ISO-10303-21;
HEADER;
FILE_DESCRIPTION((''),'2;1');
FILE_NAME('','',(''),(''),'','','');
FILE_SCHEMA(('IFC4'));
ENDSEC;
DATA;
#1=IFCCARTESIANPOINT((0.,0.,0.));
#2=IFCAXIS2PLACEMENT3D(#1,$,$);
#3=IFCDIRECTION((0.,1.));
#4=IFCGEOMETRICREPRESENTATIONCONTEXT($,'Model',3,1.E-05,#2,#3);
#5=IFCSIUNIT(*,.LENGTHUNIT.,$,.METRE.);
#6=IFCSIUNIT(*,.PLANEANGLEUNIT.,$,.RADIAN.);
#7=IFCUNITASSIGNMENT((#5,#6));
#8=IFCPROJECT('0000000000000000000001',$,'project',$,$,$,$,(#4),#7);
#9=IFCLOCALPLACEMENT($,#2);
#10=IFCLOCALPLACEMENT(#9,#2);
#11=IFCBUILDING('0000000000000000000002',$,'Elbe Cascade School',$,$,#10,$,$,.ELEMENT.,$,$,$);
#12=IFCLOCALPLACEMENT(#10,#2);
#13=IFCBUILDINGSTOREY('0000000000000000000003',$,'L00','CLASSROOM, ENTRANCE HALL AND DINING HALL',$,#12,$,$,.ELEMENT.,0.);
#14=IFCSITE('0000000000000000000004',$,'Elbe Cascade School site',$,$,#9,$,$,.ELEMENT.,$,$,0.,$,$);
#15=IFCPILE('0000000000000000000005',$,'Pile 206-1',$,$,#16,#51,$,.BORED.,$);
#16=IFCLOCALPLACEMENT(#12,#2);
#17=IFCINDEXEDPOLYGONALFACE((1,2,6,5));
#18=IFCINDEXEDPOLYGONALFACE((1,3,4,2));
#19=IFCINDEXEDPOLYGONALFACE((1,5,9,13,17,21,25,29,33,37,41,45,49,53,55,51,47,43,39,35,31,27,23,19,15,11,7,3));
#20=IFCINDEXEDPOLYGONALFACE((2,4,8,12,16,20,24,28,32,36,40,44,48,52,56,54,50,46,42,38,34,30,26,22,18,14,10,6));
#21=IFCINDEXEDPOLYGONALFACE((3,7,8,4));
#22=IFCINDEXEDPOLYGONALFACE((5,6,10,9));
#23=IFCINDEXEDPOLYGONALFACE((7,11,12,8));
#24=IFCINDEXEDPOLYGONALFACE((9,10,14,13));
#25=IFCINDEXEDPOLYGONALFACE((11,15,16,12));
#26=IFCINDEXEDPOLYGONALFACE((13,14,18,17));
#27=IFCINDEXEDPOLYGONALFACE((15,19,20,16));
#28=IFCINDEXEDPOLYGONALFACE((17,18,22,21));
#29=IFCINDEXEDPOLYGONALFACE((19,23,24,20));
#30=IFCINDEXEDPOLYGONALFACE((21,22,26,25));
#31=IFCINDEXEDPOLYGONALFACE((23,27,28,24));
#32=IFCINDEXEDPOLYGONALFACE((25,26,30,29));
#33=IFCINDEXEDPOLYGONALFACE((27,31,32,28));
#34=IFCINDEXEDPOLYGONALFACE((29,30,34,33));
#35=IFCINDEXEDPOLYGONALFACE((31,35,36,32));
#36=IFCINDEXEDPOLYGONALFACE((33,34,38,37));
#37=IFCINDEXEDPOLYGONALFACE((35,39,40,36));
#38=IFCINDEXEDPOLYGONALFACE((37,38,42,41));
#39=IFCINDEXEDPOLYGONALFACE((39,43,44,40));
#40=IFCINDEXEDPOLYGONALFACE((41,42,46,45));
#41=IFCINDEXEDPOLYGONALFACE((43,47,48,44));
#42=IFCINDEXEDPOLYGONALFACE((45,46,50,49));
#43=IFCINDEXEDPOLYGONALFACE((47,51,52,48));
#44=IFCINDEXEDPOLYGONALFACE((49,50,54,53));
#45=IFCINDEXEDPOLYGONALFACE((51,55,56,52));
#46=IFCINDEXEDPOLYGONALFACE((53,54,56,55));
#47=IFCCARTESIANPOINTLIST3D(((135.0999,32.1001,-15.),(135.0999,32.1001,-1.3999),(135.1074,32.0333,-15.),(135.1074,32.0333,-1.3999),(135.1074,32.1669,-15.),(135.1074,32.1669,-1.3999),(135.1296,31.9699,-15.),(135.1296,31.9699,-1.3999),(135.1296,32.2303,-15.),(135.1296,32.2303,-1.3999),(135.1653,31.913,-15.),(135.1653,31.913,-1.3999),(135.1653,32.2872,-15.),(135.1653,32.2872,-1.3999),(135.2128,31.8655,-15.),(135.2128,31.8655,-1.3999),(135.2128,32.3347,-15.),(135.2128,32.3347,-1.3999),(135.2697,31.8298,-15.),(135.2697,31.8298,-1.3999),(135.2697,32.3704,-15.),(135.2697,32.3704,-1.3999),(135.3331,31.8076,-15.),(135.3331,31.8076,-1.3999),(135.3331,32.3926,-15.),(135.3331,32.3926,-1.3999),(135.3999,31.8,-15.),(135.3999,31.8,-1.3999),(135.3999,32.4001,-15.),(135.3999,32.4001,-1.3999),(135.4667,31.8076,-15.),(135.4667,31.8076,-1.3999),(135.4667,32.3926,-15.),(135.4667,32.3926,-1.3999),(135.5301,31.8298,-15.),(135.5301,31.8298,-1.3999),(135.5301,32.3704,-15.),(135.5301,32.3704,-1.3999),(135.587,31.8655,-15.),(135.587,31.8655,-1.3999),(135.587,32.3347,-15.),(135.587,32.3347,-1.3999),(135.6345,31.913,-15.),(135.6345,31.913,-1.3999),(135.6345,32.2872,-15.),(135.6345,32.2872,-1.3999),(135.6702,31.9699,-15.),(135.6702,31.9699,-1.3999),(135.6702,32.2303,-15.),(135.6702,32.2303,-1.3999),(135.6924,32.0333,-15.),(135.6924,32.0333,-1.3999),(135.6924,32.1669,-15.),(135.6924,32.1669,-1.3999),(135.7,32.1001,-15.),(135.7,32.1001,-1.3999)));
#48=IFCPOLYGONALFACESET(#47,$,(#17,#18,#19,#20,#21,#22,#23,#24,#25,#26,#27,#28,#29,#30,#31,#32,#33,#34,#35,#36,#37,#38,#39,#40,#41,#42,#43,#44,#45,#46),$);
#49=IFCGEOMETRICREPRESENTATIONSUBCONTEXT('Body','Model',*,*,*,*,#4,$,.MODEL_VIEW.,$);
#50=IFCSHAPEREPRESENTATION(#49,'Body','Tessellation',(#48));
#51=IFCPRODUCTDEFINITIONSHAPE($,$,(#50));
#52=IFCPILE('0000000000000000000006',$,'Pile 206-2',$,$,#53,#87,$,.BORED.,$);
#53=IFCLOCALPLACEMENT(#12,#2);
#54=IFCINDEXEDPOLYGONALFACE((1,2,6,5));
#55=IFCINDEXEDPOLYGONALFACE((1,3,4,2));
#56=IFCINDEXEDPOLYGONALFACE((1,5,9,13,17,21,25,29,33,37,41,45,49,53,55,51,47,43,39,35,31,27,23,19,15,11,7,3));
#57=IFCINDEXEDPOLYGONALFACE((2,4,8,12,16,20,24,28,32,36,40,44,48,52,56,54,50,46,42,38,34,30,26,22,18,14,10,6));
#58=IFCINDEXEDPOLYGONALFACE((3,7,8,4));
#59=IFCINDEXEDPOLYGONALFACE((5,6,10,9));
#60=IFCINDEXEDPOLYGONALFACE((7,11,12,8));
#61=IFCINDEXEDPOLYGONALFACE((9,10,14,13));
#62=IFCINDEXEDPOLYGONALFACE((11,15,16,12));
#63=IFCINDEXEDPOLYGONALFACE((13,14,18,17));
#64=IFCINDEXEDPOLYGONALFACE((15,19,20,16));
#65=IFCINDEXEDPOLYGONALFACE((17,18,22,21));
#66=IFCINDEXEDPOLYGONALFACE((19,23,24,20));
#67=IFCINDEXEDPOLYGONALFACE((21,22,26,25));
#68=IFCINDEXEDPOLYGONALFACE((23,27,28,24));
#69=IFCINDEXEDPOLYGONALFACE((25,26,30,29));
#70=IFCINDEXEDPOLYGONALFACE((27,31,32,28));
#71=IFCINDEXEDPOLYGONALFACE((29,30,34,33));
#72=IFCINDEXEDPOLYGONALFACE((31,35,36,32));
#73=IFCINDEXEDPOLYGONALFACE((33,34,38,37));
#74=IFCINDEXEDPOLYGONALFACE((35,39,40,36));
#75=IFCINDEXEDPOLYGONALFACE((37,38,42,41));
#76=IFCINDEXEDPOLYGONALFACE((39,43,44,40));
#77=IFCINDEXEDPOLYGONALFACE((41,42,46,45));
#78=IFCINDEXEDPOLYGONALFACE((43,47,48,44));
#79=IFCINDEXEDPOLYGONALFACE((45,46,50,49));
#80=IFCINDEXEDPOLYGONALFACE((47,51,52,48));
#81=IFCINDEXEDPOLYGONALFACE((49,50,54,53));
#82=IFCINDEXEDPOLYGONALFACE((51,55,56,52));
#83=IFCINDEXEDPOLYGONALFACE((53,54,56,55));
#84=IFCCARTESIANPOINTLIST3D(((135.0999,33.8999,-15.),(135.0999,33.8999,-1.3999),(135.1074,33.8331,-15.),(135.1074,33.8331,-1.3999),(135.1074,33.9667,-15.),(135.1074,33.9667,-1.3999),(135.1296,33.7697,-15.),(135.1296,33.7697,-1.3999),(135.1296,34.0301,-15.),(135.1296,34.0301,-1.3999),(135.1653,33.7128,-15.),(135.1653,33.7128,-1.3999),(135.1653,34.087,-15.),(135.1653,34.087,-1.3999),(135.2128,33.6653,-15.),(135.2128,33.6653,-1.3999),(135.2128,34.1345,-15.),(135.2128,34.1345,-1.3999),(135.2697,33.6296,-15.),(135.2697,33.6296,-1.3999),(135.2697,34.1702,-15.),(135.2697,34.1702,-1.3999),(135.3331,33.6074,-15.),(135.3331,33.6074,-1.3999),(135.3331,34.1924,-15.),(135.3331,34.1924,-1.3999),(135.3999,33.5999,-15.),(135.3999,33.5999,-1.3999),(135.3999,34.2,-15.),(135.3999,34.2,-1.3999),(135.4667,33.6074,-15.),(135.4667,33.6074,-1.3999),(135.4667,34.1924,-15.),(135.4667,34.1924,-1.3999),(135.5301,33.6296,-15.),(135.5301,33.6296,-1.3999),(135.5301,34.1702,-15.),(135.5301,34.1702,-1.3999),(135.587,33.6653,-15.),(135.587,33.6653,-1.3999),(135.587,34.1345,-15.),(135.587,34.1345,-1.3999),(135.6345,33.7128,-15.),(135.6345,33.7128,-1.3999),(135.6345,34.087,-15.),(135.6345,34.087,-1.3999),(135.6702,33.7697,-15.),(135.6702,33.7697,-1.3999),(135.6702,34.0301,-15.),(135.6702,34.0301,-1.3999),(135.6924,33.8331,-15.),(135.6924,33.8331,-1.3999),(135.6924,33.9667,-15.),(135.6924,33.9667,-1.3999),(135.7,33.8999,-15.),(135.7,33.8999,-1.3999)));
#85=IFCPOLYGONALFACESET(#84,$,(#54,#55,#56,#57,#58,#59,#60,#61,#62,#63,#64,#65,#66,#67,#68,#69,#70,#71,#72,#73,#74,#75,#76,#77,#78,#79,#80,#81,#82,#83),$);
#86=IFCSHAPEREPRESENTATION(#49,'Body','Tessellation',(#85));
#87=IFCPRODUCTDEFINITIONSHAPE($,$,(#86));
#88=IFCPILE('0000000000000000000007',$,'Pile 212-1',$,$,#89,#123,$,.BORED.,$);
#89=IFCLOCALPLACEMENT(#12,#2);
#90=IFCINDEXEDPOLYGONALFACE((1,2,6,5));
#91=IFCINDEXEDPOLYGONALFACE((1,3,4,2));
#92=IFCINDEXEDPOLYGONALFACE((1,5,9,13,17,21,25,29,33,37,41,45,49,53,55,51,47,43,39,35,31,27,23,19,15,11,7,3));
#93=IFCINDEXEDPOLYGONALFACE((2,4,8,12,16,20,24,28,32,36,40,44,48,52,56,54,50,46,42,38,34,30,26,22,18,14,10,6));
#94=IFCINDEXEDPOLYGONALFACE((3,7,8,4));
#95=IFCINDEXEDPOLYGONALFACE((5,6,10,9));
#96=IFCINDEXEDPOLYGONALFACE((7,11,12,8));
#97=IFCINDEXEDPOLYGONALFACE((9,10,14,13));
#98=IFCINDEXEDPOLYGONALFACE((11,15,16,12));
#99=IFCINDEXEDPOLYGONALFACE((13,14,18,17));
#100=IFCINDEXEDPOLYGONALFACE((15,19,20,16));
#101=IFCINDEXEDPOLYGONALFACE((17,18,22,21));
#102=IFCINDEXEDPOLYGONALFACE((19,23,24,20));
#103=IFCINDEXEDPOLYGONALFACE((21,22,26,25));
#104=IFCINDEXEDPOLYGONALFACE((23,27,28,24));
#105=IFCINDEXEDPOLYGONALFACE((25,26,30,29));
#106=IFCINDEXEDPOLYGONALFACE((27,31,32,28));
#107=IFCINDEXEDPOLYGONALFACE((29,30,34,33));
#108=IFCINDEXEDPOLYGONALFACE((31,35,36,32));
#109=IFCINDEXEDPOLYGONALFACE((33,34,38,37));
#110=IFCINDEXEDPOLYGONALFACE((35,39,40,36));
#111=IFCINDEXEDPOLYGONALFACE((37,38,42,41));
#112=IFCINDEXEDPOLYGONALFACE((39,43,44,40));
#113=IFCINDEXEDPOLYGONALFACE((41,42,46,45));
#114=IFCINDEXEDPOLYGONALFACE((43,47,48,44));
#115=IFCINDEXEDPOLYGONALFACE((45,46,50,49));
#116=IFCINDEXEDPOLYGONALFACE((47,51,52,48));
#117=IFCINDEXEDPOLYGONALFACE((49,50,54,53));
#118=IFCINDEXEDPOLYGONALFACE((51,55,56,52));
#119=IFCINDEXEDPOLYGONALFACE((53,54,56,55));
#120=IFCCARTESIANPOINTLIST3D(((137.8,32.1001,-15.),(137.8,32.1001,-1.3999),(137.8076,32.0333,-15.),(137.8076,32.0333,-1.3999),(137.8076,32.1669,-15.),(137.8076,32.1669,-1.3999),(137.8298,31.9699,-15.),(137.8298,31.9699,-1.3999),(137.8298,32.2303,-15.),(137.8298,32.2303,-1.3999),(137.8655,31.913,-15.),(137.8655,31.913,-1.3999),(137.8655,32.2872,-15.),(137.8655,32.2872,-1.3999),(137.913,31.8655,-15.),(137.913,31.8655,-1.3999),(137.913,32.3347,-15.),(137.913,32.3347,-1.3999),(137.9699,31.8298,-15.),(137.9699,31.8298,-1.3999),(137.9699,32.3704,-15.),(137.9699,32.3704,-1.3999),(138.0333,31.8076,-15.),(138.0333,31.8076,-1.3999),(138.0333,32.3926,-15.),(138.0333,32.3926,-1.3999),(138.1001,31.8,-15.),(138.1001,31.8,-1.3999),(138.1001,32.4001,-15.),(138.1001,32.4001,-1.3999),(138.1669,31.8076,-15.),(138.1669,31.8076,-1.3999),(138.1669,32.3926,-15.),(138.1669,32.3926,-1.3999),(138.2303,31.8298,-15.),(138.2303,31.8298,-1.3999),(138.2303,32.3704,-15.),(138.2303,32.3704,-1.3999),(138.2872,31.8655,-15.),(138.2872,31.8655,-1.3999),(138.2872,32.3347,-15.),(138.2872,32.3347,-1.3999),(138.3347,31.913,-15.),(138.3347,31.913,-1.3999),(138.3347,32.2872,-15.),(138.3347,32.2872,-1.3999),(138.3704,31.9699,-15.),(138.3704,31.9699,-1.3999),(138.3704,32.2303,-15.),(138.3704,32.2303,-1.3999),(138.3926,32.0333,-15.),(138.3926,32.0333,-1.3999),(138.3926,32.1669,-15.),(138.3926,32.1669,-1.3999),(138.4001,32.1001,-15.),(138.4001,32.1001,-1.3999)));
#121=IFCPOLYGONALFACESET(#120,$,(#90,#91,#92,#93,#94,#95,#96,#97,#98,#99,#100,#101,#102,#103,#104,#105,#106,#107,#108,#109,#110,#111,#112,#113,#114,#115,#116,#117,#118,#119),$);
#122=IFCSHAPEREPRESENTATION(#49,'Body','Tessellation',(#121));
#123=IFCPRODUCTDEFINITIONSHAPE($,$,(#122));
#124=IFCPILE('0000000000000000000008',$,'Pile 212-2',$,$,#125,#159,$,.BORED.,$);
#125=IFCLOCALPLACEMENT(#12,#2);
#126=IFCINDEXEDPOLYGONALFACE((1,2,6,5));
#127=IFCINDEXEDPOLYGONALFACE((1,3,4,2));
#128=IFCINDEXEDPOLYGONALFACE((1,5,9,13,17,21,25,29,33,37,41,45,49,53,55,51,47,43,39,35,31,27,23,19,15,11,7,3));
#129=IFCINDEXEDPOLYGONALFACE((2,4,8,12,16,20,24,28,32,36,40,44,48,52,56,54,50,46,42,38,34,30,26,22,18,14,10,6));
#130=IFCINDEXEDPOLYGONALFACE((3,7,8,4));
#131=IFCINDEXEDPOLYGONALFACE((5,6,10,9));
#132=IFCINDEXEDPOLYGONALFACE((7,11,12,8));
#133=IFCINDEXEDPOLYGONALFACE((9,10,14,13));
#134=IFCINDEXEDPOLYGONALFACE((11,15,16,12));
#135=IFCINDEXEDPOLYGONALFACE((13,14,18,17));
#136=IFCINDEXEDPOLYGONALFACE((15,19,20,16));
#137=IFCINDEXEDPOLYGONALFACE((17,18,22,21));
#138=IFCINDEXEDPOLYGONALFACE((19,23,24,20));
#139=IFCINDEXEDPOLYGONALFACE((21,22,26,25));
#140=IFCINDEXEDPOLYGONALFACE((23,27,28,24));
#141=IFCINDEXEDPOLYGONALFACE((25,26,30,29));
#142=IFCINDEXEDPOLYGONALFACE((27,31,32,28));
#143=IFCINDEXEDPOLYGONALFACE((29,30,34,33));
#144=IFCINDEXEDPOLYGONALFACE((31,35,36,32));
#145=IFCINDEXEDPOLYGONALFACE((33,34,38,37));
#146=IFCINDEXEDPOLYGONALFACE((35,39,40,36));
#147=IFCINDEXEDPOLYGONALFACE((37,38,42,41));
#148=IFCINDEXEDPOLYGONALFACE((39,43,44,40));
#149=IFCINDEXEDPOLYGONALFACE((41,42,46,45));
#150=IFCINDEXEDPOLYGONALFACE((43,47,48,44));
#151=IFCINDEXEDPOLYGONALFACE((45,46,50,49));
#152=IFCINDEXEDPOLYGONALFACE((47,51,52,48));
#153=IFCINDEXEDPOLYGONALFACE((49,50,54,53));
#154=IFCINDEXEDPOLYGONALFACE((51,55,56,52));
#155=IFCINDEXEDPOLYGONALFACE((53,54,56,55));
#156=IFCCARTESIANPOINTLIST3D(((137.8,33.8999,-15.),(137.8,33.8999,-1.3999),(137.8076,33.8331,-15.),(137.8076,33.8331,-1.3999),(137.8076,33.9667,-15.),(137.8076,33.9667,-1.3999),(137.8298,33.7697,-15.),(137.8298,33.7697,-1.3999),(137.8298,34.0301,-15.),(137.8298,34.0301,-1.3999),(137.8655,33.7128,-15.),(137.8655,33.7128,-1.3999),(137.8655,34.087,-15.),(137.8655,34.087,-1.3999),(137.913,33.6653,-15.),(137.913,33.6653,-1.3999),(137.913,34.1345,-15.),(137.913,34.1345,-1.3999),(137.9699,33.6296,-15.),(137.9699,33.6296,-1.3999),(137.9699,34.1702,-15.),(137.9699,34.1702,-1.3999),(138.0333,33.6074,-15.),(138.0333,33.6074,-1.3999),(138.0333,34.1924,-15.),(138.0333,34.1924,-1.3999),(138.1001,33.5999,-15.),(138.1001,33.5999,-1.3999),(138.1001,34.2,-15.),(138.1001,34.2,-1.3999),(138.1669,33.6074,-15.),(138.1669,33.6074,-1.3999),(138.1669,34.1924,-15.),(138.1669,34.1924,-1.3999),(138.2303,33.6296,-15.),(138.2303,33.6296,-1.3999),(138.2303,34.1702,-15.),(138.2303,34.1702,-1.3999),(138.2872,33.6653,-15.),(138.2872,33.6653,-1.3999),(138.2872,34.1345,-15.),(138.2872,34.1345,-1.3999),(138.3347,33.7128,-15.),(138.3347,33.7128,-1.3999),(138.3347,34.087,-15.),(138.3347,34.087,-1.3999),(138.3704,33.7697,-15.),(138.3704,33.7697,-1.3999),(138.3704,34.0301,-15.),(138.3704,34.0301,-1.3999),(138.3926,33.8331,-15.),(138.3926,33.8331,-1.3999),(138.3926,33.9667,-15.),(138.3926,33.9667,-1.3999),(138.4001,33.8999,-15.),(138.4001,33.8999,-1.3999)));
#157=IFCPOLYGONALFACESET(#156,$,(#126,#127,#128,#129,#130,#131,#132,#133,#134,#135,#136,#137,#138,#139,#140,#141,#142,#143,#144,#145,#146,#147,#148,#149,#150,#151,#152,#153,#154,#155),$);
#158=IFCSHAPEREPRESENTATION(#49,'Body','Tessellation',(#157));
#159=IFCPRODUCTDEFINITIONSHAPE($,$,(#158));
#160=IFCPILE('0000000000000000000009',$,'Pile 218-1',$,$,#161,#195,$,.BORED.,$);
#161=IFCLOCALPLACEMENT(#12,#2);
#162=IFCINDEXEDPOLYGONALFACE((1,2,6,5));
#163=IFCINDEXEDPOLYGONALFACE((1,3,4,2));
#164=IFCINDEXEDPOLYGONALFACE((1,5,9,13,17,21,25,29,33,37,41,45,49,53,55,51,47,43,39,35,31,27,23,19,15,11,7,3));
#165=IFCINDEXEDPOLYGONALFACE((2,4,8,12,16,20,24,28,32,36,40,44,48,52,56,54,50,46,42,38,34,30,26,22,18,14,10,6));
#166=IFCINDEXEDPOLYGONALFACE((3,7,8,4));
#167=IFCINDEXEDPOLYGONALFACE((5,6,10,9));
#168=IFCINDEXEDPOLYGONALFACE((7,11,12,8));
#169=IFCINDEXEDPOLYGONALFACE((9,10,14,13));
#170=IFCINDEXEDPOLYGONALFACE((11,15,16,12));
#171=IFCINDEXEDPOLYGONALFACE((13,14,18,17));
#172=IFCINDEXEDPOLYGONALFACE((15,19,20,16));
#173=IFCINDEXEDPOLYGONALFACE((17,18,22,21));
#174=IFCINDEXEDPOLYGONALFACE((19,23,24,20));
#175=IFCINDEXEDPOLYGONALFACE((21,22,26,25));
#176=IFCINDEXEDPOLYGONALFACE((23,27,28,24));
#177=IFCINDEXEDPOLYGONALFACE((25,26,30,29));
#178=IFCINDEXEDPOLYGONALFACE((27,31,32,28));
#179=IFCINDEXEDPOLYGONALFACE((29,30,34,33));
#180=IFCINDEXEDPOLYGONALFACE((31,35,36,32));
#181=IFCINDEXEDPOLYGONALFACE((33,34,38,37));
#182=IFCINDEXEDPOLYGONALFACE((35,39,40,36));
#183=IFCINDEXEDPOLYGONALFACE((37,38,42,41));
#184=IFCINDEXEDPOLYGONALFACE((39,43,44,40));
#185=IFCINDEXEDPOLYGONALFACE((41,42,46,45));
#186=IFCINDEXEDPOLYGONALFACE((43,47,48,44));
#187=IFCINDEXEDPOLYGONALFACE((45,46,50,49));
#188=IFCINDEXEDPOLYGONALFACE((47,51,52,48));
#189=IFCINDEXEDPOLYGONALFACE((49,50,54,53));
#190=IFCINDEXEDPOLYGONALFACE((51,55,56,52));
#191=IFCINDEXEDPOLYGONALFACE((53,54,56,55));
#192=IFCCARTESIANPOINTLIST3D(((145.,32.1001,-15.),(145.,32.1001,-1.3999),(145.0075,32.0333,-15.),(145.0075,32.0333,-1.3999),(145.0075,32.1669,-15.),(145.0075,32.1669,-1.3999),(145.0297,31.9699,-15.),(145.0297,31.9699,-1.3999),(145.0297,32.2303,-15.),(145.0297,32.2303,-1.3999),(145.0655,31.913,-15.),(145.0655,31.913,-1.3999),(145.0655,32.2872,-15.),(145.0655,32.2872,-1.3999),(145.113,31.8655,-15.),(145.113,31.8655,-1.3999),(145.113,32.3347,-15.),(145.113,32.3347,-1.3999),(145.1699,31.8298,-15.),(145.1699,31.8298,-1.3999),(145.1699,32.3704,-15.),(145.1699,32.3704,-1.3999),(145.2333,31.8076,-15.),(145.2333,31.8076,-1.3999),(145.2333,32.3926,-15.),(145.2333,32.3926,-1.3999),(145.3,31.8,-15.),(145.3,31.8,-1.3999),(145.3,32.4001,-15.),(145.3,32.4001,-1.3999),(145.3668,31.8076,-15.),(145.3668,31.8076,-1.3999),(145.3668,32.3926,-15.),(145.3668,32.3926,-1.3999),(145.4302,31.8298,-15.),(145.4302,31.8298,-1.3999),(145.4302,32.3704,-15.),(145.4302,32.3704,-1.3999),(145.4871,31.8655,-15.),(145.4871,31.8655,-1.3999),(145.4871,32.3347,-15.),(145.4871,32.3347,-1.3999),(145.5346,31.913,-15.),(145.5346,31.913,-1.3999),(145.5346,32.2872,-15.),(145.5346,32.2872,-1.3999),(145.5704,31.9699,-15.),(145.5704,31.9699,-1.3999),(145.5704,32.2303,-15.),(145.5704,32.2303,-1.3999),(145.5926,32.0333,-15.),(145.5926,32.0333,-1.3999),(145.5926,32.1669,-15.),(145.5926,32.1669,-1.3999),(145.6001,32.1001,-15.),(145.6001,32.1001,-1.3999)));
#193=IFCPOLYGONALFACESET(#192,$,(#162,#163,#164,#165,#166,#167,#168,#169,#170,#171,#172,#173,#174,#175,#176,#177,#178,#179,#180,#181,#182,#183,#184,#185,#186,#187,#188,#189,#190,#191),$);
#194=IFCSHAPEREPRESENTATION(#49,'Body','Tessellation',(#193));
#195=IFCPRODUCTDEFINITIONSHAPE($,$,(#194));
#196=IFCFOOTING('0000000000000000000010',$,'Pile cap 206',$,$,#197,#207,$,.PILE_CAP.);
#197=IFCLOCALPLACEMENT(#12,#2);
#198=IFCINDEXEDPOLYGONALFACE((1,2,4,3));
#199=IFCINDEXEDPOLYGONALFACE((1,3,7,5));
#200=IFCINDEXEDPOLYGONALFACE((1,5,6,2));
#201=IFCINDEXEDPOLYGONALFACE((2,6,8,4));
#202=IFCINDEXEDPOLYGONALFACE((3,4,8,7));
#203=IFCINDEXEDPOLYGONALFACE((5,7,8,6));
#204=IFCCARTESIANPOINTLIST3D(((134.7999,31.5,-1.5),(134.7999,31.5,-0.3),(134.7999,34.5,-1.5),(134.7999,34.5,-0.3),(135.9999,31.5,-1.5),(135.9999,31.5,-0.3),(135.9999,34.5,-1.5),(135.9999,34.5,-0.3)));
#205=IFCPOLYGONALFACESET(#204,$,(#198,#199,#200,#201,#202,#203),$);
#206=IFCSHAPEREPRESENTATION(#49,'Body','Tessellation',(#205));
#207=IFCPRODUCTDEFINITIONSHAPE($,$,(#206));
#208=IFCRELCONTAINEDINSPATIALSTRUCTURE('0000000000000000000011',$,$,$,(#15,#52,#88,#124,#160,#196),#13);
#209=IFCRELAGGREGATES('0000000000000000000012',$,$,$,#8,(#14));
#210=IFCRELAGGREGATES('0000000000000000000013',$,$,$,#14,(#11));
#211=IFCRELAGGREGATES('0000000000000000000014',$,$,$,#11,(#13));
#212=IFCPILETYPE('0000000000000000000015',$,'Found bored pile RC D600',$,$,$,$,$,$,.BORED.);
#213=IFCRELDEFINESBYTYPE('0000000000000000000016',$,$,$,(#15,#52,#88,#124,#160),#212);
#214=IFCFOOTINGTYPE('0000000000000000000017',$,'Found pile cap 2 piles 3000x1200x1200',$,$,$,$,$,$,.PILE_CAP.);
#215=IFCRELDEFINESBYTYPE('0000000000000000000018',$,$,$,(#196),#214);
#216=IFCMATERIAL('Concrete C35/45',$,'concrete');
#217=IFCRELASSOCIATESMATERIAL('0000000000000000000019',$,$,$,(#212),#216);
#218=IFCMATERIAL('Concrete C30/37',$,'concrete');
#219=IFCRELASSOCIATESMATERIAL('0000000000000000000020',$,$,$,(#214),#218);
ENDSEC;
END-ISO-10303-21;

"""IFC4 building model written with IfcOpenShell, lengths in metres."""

from ifc_helpers import new_model, si_unit, direction, frame, origin, origin_2d, place, context, subcontext, project, spatial, rectangle, circle, extrude, material, material_profile, profile_set, type_object, element, save


model = new_model("IFC4")

# Units and contexts
model_context = context("Model", 3, precision=1e-05, world=origin(), true_north=direction((0.0, 1.0)))
body_context = subcontext(model_context, "Body", "Model", "MODEL_VIEW")
ifc_project = project(units=[si_unit("LENGTHUNIT", "METRE"), si_unit("PLANEANGLEUNIT", "RADIAN")], contexts=[model_context])

# Site, building, storey
site_placement = place(None, origin())
site = spatial("IfcSite", under=ifc_project, at=site_placement, Name="Elbe Cascade School site", CompositionType="ELEMENT", RefElevation=0.0)
building_placement = place(site_placement, origin())
building = spatial("IfcBuilding", under=site, at=building_placement, Name="Elbe Cascade School", CompositionType="ELEMENT")
storey_placement = place(building_placement, origin())
storey = spatial("IfcBuildingStorey", under=building, at=storey_placement, Name="L00", Description="CLASSROOM, ENTRANCE HALL AND DINING HALL", CompositionType="ELEMENT", Elevation=0.0)

# Piles
ifc_material_1 = material(Name="Concrete C35/45", Category="concrete")
ifc_material_profile_1 = material_profile(ifc_material_1, circle(Radius=0.3, at=origin_2d()), Name="RC D600")
ifc_profile_set_1 = profile_set([ifc_material_profile_1], Name="Concrete C35/45")
pile_type = type_object("IfcPileType", Name="Found bored pile RC D600", PredefinedType="BORED", material=ifc_profile_set_1)
for number, where, z_axis, x_axis, name in (
    (1, (135.3999, 32.1001, -1.3999), (0.0, 0.0, -1.0), (1.0, 0.0, 0.0), "Pile 206-1"),
    (2, (135.3999, 33.8999, -1.3999), (0.0, 0.0, -1.0), (1.0, 0.0, 0.0), "Pile 206-2"),
    (3, (138.1001, 32.1001, -1.3999), (0.0, 0.0, -1.0), (1.0, 0.0, 0.0), "Pile 212-1"),
    (4, (138.1001, 33.8999, -1.3999), (0.0, 0.0, -1.0), (1.0, 0.0, 0.0), "Pile 212-2"),
    (5, (145.3, 32.1001, -1.3999), (0.0, 0.0, -1.0), (1.0, 0.0, 0.0), "Pile 218-1"),
):
    element("IfcPile", number, at=place(storey_placement, frame(where, z_axis=z_axis, x_axis=x_axis)), inside=storey, type_object=pile_type, Name=name, PredefinedType="BORED", context=body_context, shape_type="SweptSolid", body=[
        extrude(circle(Radius=0.3, at=origin_2d()), origin(), (0.0, 0.0, 1.0), 13.6001),
    ])

# Footing
ifc_material_2 = material(Name="Concrete C30/37", Category="concrete")
footing_type = type_object("IfcFootingType", Name="Found pile cap 2 piles 3000x1200x1200", PredefinedType="PILE_CAP", material=ifc_material_2)
for number, where, z_axis, x_axis, name in (
    (6, (135.3999, 33.0, -1.5), (0.0, 0.0, 1.0), (1.0, 0.0, 0.0), "Pile cap 206"),
):
    element("IfcFooting", number, at=place(storey_placement, frame(where, z_axis=z_axis, x_axis=x_axis)), inside=storey, type_object=footing_type, Name=name, PredefinedType="PILE_CAP", context=body_context, shape_type="SweptSolid", body=[
        extrude(rectangle(XDim=1.2, YDim=3.0, at=origin_2d()), origin(), (0.0, 0.0, 1.0), 1.2),
    ])

save(model, "model.ifc")
